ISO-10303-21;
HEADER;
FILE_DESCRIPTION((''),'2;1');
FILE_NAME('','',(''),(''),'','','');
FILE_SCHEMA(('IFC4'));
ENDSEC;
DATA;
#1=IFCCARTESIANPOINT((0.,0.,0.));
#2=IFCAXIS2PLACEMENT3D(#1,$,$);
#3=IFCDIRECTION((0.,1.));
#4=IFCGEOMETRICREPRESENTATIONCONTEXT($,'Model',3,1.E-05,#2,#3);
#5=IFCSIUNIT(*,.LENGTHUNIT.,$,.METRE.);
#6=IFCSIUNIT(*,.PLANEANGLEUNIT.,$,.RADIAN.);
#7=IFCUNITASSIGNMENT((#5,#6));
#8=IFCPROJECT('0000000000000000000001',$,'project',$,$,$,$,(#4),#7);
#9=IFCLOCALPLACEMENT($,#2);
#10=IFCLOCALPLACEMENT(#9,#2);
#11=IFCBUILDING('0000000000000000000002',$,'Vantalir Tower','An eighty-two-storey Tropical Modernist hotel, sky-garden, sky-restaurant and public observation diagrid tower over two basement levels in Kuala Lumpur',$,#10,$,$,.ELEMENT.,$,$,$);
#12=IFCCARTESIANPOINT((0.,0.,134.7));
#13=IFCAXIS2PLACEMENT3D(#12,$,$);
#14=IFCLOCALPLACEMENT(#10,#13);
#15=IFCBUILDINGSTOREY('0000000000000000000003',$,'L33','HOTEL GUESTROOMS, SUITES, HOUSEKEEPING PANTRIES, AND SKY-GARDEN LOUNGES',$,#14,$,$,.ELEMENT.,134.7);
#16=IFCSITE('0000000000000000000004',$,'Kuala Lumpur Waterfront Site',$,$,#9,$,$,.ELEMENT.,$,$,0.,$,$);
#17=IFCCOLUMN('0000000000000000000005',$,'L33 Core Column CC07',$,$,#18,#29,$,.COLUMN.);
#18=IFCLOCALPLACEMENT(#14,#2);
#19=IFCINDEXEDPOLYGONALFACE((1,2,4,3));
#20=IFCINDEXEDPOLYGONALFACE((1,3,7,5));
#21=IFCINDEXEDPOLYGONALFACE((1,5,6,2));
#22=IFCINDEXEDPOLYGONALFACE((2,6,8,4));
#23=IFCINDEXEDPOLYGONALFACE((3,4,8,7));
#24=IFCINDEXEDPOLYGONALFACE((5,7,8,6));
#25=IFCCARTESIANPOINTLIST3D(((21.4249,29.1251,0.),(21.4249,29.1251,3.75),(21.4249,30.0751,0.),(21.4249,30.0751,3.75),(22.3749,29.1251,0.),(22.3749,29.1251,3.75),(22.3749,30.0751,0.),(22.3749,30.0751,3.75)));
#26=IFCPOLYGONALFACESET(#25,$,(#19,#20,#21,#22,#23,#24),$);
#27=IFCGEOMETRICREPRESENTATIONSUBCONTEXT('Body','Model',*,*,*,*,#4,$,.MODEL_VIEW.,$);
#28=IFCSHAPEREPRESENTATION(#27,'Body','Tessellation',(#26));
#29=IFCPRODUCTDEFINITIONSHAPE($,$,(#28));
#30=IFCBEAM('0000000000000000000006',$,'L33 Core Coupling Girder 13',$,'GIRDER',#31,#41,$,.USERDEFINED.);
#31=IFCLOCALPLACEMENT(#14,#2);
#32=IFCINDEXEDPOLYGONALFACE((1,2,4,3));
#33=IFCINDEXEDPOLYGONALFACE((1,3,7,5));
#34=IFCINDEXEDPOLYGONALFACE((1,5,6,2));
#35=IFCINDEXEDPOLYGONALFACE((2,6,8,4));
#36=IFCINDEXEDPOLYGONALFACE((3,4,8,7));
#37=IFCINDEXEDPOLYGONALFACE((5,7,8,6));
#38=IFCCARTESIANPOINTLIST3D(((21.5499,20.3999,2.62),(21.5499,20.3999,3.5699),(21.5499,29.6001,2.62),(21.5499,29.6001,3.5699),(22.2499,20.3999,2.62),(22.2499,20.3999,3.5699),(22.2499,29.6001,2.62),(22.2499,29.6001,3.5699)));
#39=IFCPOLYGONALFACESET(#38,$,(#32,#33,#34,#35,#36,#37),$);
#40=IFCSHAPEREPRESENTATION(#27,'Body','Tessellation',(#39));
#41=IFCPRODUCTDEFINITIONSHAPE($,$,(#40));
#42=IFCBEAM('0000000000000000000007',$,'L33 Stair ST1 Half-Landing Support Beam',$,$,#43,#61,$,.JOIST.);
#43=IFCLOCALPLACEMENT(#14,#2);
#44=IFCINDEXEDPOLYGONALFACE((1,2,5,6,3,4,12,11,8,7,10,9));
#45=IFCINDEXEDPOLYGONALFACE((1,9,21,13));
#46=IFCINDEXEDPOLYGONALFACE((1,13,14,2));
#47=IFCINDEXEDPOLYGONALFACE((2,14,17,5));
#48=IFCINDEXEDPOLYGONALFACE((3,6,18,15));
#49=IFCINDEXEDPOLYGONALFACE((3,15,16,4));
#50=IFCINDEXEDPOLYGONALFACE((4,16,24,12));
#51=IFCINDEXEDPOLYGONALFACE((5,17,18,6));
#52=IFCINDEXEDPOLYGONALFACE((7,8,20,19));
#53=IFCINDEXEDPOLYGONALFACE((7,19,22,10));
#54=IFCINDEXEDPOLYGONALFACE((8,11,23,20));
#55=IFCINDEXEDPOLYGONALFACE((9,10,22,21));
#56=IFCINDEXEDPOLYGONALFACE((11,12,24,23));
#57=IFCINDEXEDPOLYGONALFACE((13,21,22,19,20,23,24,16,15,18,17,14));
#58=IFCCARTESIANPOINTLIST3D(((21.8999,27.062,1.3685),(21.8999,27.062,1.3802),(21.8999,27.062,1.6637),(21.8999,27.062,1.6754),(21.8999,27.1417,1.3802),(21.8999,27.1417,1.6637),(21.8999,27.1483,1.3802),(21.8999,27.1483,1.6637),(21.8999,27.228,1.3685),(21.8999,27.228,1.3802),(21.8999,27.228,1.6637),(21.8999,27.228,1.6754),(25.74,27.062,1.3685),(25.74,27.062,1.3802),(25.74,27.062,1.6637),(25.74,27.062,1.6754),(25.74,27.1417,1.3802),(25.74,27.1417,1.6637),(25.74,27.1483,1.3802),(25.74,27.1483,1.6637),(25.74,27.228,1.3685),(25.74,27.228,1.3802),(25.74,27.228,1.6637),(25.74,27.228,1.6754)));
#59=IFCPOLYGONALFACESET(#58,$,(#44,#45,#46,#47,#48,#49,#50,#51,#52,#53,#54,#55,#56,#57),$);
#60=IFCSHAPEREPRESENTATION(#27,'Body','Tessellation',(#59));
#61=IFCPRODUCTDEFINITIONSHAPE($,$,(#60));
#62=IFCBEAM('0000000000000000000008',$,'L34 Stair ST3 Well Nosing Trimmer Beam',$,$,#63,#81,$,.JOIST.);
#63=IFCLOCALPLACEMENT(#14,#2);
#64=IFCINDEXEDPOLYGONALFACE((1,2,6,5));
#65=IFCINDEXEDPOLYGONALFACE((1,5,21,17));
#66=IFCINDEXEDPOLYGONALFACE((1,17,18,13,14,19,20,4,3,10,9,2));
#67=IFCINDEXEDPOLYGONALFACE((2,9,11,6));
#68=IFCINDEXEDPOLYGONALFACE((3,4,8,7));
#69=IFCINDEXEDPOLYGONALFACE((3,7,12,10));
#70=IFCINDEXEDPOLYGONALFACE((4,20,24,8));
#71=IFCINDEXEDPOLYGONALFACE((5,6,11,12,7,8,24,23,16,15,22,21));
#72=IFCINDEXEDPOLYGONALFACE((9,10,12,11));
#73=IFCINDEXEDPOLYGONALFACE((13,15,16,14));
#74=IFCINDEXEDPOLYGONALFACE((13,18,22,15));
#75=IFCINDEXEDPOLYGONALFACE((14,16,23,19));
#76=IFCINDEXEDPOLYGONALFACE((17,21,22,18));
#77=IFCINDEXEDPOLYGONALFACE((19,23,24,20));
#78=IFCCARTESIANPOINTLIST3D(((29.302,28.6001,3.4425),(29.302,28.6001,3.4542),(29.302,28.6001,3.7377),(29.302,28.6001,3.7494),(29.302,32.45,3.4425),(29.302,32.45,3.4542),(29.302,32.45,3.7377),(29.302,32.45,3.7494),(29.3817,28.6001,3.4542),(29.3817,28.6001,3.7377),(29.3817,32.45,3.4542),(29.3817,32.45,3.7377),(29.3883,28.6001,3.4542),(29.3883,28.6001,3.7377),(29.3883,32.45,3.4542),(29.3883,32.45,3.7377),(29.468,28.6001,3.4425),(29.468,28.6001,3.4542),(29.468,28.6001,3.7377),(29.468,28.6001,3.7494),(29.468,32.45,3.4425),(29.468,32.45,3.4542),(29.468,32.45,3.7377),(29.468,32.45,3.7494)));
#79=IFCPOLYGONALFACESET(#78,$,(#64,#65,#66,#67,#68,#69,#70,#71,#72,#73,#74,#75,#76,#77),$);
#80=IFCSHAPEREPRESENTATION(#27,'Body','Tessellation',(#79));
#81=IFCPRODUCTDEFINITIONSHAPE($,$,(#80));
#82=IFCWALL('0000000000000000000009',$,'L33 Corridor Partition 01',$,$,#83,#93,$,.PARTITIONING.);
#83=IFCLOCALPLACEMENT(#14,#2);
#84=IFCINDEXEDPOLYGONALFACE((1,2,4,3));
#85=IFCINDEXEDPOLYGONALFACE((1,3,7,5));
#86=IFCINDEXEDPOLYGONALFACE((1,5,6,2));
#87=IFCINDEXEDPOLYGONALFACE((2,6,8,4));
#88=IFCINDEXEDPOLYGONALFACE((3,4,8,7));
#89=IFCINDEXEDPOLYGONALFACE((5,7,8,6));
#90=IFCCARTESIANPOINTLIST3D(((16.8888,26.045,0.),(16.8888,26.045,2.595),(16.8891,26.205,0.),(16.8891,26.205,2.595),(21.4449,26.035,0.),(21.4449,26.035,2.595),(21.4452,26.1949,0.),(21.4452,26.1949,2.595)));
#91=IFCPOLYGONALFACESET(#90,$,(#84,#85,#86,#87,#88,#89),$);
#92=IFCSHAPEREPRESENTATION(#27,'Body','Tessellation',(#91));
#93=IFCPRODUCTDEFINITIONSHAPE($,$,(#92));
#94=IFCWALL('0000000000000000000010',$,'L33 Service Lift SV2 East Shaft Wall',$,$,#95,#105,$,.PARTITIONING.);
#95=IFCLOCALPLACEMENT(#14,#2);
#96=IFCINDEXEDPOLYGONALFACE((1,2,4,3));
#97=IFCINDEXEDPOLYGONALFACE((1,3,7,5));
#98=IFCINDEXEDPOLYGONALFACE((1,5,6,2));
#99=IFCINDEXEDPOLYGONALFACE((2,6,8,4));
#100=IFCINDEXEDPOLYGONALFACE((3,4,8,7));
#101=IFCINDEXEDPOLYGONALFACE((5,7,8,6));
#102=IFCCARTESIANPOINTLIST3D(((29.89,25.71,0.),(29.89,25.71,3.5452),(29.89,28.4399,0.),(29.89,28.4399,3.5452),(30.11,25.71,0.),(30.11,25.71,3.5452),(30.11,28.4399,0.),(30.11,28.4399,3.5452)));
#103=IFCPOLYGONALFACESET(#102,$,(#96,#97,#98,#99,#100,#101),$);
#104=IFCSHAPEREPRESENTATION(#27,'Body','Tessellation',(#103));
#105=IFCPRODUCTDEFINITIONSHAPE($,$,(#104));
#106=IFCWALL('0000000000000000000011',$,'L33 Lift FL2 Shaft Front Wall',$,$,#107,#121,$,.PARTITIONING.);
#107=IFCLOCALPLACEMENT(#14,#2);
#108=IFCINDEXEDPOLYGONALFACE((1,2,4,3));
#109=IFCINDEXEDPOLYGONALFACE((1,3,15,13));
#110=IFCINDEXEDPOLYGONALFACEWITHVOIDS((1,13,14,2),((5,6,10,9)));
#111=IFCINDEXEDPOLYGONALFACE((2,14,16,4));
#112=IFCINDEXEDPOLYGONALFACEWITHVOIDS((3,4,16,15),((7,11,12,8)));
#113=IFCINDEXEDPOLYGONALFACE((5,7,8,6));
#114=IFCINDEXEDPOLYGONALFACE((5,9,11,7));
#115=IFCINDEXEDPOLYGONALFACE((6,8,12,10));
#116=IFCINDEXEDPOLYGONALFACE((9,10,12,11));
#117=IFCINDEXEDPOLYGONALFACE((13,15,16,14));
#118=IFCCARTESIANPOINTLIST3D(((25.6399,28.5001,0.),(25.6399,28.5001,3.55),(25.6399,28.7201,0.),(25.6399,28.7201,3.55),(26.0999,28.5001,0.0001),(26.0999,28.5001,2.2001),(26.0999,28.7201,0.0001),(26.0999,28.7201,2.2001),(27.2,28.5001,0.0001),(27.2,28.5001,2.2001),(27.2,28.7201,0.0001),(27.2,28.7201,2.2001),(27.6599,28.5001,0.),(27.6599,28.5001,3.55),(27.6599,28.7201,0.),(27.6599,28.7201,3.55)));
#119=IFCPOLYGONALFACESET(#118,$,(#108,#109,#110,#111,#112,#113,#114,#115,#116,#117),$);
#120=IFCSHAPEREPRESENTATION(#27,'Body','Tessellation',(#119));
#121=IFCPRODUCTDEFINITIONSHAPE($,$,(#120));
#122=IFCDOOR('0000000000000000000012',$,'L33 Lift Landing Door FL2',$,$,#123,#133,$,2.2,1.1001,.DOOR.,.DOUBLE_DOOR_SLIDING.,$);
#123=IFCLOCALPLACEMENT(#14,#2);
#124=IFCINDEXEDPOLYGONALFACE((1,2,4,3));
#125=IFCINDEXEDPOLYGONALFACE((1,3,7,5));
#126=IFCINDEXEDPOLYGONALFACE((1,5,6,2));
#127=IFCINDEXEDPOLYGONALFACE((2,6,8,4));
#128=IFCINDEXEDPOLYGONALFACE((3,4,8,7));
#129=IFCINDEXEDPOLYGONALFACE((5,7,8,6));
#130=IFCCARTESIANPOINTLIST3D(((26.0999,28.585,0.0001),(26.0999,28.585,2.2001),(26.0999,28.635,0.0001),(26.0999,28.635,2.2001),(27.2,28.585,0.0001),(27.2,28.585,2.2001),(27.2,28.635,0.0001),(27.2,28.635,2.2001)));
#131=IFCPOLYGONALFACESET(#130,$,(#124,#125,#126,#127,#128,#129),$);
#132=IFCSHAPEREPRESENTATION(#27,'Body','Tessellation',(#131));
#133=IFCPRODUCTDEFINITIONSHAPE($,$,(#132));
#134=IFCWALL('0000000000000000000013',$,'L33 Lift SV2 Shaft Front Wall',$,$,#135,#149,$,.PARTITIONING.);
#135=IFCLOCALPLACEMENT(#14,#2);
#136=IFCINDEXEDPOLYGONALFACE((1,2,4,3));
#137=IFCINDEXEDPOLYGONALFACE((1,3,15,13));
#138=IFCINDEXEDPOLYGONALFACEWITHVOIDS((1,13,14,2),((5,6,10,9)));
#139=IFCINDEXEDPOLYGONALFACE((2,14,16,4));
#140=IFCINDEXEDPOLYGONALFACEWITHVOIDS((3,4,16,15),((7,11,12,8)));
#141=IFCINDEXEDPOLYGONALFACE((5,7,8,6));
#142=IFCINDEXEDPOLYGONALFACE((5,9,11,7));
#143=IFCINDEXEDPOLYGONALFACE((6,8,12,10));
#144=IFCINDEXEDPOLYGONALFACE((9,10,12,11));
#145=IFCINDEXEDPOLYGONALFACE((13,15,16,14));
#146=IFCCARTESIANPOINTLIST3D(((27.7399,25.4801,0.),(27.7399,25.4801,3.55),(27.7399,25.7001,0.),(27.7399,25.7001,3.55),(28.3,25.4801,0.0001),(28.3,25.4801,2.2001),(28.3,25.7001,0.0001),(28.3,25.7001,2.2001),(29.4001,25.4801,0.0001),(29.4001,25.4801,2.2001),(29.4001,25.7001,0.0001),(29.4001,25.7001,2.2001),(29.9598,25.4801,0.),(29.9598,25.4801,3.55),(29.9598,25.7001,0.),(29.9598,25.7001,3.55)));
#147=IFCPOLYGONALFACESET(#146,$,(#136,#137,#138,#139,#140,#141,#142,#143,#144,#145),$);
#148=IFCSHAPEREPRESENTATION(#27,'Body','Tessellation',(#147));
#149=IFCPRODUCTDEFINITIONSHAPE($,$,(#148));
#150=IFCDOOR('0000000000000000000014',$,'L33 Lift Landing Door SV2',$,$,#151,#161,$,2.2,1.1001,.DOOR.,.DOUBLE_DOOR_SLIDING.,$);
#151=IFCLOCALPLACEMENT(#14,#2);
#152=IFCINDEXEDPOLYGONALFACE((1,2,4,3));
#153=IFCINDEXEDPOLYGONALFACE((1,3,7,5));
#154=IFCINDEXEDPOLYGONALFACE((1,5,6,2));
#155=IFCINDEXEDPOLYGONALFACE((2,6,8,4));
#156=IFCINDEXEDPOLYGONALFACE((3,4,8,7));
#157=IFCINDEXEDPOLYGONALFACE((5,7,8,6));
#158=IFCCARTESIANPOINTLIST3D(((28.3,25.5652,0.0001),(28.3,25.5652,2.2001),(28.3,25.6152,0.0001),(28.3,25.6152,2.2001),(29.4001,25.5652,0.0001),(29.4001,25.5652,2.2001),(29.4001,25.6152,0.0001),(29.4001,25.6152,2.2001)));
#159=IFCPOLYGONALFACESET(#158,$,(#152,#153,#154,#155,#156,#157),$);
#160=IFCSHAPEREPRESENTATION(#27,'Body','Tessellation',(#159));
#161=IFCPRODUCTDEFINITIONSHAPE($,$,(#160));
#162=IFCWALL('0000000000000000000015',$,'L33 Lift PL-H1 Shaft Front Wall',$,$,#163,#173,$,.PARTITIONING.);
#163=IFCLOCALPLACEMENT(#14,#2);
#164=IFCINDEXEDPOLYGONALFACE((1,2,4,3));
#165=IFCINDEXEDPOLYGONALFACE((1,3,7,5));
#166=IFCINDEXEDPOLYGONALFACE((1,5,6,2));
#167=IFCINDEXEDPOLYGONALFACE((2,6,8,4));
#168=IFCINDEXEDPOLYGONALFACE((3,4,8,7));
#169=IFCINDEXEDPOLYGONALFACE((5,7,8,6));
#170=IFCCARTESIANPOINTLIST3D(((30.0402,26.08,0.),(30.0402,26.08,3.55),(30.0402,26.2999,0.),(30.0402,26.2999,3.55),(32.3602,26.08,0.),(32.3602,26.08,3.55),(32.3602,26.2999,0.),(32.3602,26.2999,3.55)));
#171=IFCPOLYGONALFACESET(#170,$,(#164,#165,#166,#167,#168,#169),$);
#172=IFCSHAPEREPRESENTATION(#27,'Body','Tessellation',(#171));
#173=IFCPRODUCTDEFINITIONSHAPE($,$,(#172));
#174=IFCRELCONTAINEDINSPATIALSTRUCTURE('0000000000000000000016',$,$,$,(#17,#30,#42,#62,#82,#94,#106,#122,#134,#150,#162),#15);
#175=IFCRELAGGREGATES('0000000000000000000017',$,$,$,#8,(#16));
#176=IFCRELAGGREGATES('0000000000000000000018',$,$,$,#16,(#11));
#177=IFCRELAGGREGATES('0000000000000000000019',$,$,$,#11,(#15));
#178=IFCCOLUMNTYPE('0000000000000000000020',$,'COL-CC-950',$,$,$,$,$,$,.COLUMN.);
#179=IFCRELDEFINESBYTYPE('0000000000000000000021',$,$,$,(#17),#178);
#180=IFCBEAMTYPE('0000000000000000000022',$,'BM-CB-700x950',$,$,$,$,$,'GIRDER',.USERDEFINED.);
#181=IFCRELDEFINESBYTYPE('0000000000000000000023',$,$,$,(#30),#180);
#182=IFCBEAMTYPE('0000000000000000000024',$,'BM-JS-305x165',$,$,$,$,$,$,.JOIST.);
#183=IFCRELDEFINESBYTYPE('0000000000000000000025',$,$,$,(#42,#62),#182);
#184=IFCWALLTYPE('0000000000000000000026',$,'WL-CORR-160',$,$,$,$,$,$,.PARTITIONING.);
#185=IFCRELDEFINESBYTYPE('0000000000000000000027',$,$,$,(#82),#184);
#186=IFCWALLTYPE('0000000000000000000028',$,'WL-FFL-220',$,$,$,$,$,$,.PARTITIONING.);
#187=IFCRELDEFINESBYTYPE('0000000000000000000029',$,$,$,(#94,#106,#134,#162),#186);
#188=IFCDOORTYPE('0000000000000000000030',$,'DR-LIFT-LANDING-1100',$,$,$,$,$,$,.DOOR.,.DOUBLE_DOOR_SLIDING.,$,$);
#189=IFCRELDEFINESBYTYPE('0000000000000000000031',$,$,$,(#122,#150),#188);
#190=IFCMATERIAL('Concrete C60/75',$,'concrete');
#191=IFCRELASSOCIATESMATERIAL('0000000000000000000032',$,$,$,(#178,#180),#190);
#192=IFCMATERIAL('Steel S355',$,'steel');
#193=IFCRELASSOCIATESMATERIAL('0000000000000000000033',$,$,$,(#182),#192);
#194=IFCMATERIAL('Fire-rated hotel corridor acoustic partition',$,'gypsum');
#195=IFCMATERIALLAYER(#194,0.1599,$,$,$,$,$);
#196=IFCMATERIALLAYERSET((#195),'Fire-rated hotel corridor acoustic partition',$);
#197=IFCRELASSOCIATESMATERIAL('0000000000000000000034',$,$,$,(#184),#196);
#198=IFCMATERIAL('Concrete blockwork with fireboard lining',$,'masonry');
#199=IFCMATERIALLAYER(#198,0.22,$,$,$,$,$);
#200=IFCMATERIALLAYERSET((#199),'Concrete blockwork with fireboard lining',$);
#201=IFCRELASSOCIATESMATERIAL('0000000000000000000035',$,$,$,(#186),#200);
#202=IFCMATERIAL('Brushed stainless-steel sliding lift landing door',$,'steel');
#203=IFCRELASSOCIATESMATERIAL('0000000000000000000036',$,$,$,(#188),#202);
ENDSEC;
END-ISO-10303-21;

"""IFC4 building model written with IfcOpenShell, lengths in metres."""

from ifc_helpers import new_model, si_unit, direction, frame, frame_2d, origin, origin_2d, place, context, subcontext, project, spatial, rectangle, i_section, extrude, material, layer, layer_set, material_profile, profile_set, type_object, element, fill, save


model = new_model("IFC4")

# Units and contexts
model_context = context("Model", 3, precision=1e-05, world=origin(), true_north=direction((0.0, 1.0)))
body_context = subcontext(model_context, "Body", "Model", "MODEL_VIEW")
ifc_project = project(units=[si_unit("LENGTHUNIT", "METRE"), si_unit("PLANEANGLEUNIT", "RADIAN")], contexts=[model_context])

# Site, building, storey
site_placement = place(None, origin())
site = spatial("IfcSite", under=ifc_project, at=site_placement, Name="Kuala Lumpur Waterfront Site", CompositionType="ELEMENT", RefElevation=0.0)
building_placement = place(site_placement, origin())
building = spatial("IfcBuilding", under=site, at=building_placement, Name="Vantalir Tower", Description="An eighty-two-storey Tropical Modernist hotel, sky-garden, sky-restaurant and public observation diagrid tower over two basement levels in Kuala Lumpur", CompositionType="ELEMENT")
storey_placement = place(building_placement, frame((0.0, 0.0, 134.7)))
storey = spatial("IfcBuildingStorey", under=building, at=storey_placement, Name="L33", Description="HOTEL GUESTROOMS, SUITES, HOUSEKEEPING PANTRIES, AND SKY-GARDEN LOUNGES", CompositionType="ELEMENT", Elevation=134.7)

# Column
ifc_material_1 = material(Name="Concrete C60/75", Category="concrete")
ifc_material_profile_1 = material_profile(ifc_material_1, rectangle(XDim=0.95, YDim=0.95, at=origin_2d()), Name="Concrete C60/75")
ifc_profile_set_1 = profile_set([ifc_material_profile_1], Name="Concrete C60/75")
column_type = type_object("IfcColumnType", Name="COL-CC-950", PredefinedType="COLUMN", material=ifc_profile_set_1)
column_placement = place(storey_placement, frame((21.8999, 29.6001, 0.0), z_axis=(0.0, 0.0, 1.0), x_axis=(1.0, 0.0, 0.0)))
element("IfcColumn", 1, at=column_placement, inside=storey, type_object=column_type, Name="L33 Core Column CC07", PredefinedType="COLUMN", context=body_context, shape_type="SweptSolid", body=[
    extrude(rectangle(XDim=0.95, YDim=0.95, at=origin_2d()), origin(), (0.0, 0.0, 1.0), 3.75),
])

# Beams
ifc_material_profile_2 = material_profile(ifc_material_1, rectangle(XDim=0.7, YDim=0.95, at=origin_2d()), Name="Concrete C60/75")
ifc_profile_set_2 = profile_set([ifc_material_profile_2], Name="Concrete C60/75")
beam_type_1 = type_object("IfcBeamType", Name="BM-CB-700x950", ElementType="GIRDER", PredefinedType="USERDEFINED", material=ifc_profile_set_2)
beam_1_placement = place(storey_placement, frame((21.8999, 29.6001, 3.095), z_axis=(0.0, -1.0, 0.0), x_axis=(1.0, 0.0, 0.0)))
element("IfcBeam", 2, at=beam_1_placement, inside=storey, type_object=beam_type_1, Name="L33 Core Coupling Girder 13", ObjectType="GIRDER", PredefinedType="USERDEFINED", context=body_context, shape_type="SweptSolid", body=[
    extrude(rectangle(XDim=0.7, YDim=0.95, at=origin_2d()), origin(), (0.0, 0.0, 1.0), 9.2002),
])
ifc_material_2 = material(Name="Steel S355", Category="steel")
ifc_material_profile_3 = material_profile(ifc_material_2, i_section(OverallWidth=0.166, OverallDepth=0.3069, WebThickness=0.0066, FlangeThickness=0.0117, at=origin_2d()), Name="Steel S355")
ifc_profile_set_3 = profile_set([ifc_material_profile_3], Name="Steel S355")
beam_type_2 = type_object("IfcBeamType", Name="BM-JS-305x165", PredefinedType="JOIST", material=ifc_profile_set_3)
beam_2_placement = place(storey_placement, frame((21.8999, 27.145, 1.522), z_axis=(1.0, 0.0, 0.0), x_axis=(0.0, 1.0, 0.0)))
element("IfcBeam", 3, at=beam_2_placement, inside=storey, type_object=beam_type_2, Name="L33 Stair ST1 Half-Landing Support Beam", PredefinedType="JOIST", context=body_context, shape_type="SweptSolid", body=[
    extrude(i_section(OverallWidth=0.166, OverallDepth=0.3069, WebThickness=0.0066, FlangeThickness=0.0117, at=origin_2d()), origin(), (0.0, 0.0, 1.0), 3.8401),
])
beam_3_placement = place(storey_placement, frame((29.385, 28.6001, 3.5959), z_axis=(0.0, 1.0, 0.0), x_axis=(-1.0, 0.0, 0.0)))
element("IfcBeam", 4, at=beam_3_placement, inside=storey, type_object=beam_type_2, Name="L34 Stair ST3 Well Nosing Trimmer Beam", PredefinedType="JOIST", context=body_context, shape_type="SweptSolid", body=[
    extrude(i_section(OverallWidth=0.166, OverallDepth=0.3069, WebThickness=0.0066, FlangeThickness=0.0117, at=origin_2d()), origin(), (0.0, 0.0, 1.0), 3.8499),
])

# Walls
ifc_material_3 = material(Name="Fire-rated hotel corridor acoustic partition", Category="gypsum")
ifc_layer_1 = layer(ifc_material_3, 0.1599)
ifc_layer_set_1 = layer_set([ifc_layer_1], Name="Fire-rated hotel corridor acoustic partition")
wall_type_1 = type_object("IfcWallType", Name="WL-CORR-160", PredefinedType="PARTITIONING", material=ifc_layer_set_1)
wall_1_placement = place(storey_placement, frame((21.4451, 26.115, 0.0), z_axis=(0.0, 0.0, 1.0), x_axis=(-0.999998, 0.002197, 0.0)))
element("IfcWall", 5, at=wall_1_placement, inside=storey, type_object=wall_type_1, Name="L33 Corridor Partition 01", PredefinedType="PARTITIONING", context=body_context, shape_type="SweptSolid", body=[
    extrude(rectangle(XDim=4.5562, YDim=0.1599, at=frame_2d((2.2781, 0.0))), origin(), (0.0, 0.0, 1.0), 2.595),
])
ifc_material_4 = material(Name="Concrete blockwork with fireboard lining", Category="masonry")
ifc_layer_2 = layer(ifc_material_4, 0.22)
ifc_layer_set_2 = layer_set([ifc_layer_2], Name="Concrete blockwork with fireboard lining")
wall_type_2 = type_object("IfcWallType", Name="WL-FFL-220", PredefinedType="PARTITIONING", material=ifc_layer_set_2)
wall_2_placement = place(storey_placement, frame((30.0, 25.71, 0.0), z_axis=(0.0, 0.0, 1.0), x_axis=(0.0, 1.0, 0.0)))
element("IfcWall", 6, at=wall_2_placement, inside=storey, type_object=wall_type_2, Name="L33 Service Lift SV2 East Shaft Wall", PredefinedType="PARTITIONING", context=body_context, shape_type="SweptSolid", body=[
    extrude(rectangle(XDim=2.73, YDim=0.22, at=frame_2d((1.365, 0.0))), origin(), (0.0, 0.0, 1.0), 3.5452),
])

# Walls, openings, doors
wall_3_placement = place(storey_placement, frame((25.6399, 28.6101, 0.0), z_axis=(0.0, 0.0, 1.0), x_axis=(1.0, 0.0, 0.0)))
wall_3 = element("IfcWall", 7, at=wall_3_placement, inside=storey, type_object=wall_type_2, Name="L33 Lift FL2 Shaft Front Wall", PredefinedType="PARTITIONING", context=body_context, shape_type="SweptSolid", body=[
    extrude(rectangle(XDim=2.02, YDim=0.22, at=frame_2d((1.01, 0.0))), origin(), (0.0, 0.0, 1.0), 3.55),
])
opening_1_placement = place(wall_3_placement, frame((0.46, 0.0, 0.0)))
opening_1 = element("IfcOpeningElement", 8, at=opening_1_placement, cuts=wall_3, PredefinedType="OPENING", context=body_context, shape_type="SweptSolid", body=[
    extrude(rectangle(XDim=1.1001, YDim=2.2, at=frame_2d((0.55, 1.1001))), frame((0.0, 0.1199, 0.0), z_axis=(0.0, -1.0, 0.0), x_axis=(1.0, 0.0, 0.0)), (0.0, 0.0, 1.0), 0.24),
])
ifc_material_5 = material(Name="Brushed stainless-steel sliding lift landing door", Category="steel")
door_type_1 = type_object("IfcDoorType", Name="DR-LIFT-LANDING-1100", OperationType="DOUBLE_DOOR_SLIDING", PredefinedType="DOOR", material=ifc_material_5)
door_1_placement = place(opening_1_placement, origin())
door_1 = element("IfcDoor", 9, at=door_1_placement, inside=storey, type_object=door_type_1, Name="L33 Lift Landing Door FL2", OperationType="DOUBLE_DOOR_SLIDING", OverallHeight=2.2, OverallWidth=1.1001, PredefinedType="DOOR", context=body_context, shape_type="SweptSolid", body=[
    extrude(rectangle(XDim=1.1001, YDim=2.2, at=frame_2d((0.55, 1.1001))), frame((0.0, 0.0249, 0.0), z_axis=(0.0, -1.0, 0.0), x_axis=(1.0, 0.0, 0.0)), (0.0, 0.0, 1.0), 0.05),
])
fill(opening_1, door_1)
wall_4_placement = place(storey_placement, frame((27.74, 25.5901, 0.0), z_axis=(0.0, 0.0, 1.0), x_axis=(1.0, 0.0, 0.0)))
wall_4 = element("IfcWall", 10, at=wall_4_placement, inside=storey, type_object=wall_type_2, Name="L33 Lift SV2 Shaft Front Wall", PredefinedType="PARTITIONING", context=body_context, shape_type="SweptSolid", body=[
    extrude(rectangle(XDim=2.22, YDim=0.22, at=frame_2d((1.1099, 0.0))), origin(), (0.0, 0.0, 1.0), 3.55),
])
opening_2_placement = place(wall_4_placement, frame((0.5601, 0.0, 0.0)))
opening_2 = element("IfcOpeningElement", 11, at=opening_2_placement, cuts=wall_4, PredefinedType="OPENING", context=body_context, shape_type="SweptSolid", body=[
    extrude(rectangle(XDim=1.1001, YDim=2.2, at=frame_2d((0.55, 1.1001))), frame((0.0, 0.1199, 0.0), z_axis=(0.0, -1.0, 0.0), x_axis=(1.0, 0.0, 0.0)), (0.0, 0.0, 1.0), 0.24),
])
door_2_placement = place(opening_2_placement, frame((1.1001, 0.0, 0.0), z_axis=(0.0, 0.0, 1.0), x_axis=(-1.0, 0.0, 0.0)))
door_2 = element("IfcDoor", 12, at=door_2_placement, inside=storey, type_object=door_type_1, Name="L33 Lift Landing Door SV2", OperationType="DOUBLE_DOOR_SLIDING", OverallHeight=2.2, OverallWidth=1.1001, PredefinedType="DOOR", context=body_context, shape_type="SweptSolid", body=[
    extrude(rectangle(XDim=1.1001, YDim=2.2, at=frame_2d((0.55, 1.1001))), frame((0.0, 0.0249, 0.0), z_axis=(0.0, -1.0, 0.0), x_axis=(1.0, 0.0, 0.0)), (0.0, 0.0, 1.0), 0.05),
])
fill(opening_2, door_2)

# Wall
wall_5_placement = place(storey_placement, frame((30.04, 26.1899, 0.0), z_axis=(0.0, 0.0, 1.0), x_axis=(1.0, 0.0, 0.0)))
element("IfcWall", 13, at=wall_5_placement, inside=storey, type_object=wall_type_2, Name="L33 Lift PL-H1 Shaft Front Wall", PredefinedType="PARTITIONING", context=body_context, shape_type="SweptSolid", body=[
    extrude(rectangle(XDim=2.3201, YDim=0.22, at=frame_2d((1.1602, 0.0))), origin(), (0.0, 0.0, 1.0), 3.55),
])

save(model, "model.ifc")
